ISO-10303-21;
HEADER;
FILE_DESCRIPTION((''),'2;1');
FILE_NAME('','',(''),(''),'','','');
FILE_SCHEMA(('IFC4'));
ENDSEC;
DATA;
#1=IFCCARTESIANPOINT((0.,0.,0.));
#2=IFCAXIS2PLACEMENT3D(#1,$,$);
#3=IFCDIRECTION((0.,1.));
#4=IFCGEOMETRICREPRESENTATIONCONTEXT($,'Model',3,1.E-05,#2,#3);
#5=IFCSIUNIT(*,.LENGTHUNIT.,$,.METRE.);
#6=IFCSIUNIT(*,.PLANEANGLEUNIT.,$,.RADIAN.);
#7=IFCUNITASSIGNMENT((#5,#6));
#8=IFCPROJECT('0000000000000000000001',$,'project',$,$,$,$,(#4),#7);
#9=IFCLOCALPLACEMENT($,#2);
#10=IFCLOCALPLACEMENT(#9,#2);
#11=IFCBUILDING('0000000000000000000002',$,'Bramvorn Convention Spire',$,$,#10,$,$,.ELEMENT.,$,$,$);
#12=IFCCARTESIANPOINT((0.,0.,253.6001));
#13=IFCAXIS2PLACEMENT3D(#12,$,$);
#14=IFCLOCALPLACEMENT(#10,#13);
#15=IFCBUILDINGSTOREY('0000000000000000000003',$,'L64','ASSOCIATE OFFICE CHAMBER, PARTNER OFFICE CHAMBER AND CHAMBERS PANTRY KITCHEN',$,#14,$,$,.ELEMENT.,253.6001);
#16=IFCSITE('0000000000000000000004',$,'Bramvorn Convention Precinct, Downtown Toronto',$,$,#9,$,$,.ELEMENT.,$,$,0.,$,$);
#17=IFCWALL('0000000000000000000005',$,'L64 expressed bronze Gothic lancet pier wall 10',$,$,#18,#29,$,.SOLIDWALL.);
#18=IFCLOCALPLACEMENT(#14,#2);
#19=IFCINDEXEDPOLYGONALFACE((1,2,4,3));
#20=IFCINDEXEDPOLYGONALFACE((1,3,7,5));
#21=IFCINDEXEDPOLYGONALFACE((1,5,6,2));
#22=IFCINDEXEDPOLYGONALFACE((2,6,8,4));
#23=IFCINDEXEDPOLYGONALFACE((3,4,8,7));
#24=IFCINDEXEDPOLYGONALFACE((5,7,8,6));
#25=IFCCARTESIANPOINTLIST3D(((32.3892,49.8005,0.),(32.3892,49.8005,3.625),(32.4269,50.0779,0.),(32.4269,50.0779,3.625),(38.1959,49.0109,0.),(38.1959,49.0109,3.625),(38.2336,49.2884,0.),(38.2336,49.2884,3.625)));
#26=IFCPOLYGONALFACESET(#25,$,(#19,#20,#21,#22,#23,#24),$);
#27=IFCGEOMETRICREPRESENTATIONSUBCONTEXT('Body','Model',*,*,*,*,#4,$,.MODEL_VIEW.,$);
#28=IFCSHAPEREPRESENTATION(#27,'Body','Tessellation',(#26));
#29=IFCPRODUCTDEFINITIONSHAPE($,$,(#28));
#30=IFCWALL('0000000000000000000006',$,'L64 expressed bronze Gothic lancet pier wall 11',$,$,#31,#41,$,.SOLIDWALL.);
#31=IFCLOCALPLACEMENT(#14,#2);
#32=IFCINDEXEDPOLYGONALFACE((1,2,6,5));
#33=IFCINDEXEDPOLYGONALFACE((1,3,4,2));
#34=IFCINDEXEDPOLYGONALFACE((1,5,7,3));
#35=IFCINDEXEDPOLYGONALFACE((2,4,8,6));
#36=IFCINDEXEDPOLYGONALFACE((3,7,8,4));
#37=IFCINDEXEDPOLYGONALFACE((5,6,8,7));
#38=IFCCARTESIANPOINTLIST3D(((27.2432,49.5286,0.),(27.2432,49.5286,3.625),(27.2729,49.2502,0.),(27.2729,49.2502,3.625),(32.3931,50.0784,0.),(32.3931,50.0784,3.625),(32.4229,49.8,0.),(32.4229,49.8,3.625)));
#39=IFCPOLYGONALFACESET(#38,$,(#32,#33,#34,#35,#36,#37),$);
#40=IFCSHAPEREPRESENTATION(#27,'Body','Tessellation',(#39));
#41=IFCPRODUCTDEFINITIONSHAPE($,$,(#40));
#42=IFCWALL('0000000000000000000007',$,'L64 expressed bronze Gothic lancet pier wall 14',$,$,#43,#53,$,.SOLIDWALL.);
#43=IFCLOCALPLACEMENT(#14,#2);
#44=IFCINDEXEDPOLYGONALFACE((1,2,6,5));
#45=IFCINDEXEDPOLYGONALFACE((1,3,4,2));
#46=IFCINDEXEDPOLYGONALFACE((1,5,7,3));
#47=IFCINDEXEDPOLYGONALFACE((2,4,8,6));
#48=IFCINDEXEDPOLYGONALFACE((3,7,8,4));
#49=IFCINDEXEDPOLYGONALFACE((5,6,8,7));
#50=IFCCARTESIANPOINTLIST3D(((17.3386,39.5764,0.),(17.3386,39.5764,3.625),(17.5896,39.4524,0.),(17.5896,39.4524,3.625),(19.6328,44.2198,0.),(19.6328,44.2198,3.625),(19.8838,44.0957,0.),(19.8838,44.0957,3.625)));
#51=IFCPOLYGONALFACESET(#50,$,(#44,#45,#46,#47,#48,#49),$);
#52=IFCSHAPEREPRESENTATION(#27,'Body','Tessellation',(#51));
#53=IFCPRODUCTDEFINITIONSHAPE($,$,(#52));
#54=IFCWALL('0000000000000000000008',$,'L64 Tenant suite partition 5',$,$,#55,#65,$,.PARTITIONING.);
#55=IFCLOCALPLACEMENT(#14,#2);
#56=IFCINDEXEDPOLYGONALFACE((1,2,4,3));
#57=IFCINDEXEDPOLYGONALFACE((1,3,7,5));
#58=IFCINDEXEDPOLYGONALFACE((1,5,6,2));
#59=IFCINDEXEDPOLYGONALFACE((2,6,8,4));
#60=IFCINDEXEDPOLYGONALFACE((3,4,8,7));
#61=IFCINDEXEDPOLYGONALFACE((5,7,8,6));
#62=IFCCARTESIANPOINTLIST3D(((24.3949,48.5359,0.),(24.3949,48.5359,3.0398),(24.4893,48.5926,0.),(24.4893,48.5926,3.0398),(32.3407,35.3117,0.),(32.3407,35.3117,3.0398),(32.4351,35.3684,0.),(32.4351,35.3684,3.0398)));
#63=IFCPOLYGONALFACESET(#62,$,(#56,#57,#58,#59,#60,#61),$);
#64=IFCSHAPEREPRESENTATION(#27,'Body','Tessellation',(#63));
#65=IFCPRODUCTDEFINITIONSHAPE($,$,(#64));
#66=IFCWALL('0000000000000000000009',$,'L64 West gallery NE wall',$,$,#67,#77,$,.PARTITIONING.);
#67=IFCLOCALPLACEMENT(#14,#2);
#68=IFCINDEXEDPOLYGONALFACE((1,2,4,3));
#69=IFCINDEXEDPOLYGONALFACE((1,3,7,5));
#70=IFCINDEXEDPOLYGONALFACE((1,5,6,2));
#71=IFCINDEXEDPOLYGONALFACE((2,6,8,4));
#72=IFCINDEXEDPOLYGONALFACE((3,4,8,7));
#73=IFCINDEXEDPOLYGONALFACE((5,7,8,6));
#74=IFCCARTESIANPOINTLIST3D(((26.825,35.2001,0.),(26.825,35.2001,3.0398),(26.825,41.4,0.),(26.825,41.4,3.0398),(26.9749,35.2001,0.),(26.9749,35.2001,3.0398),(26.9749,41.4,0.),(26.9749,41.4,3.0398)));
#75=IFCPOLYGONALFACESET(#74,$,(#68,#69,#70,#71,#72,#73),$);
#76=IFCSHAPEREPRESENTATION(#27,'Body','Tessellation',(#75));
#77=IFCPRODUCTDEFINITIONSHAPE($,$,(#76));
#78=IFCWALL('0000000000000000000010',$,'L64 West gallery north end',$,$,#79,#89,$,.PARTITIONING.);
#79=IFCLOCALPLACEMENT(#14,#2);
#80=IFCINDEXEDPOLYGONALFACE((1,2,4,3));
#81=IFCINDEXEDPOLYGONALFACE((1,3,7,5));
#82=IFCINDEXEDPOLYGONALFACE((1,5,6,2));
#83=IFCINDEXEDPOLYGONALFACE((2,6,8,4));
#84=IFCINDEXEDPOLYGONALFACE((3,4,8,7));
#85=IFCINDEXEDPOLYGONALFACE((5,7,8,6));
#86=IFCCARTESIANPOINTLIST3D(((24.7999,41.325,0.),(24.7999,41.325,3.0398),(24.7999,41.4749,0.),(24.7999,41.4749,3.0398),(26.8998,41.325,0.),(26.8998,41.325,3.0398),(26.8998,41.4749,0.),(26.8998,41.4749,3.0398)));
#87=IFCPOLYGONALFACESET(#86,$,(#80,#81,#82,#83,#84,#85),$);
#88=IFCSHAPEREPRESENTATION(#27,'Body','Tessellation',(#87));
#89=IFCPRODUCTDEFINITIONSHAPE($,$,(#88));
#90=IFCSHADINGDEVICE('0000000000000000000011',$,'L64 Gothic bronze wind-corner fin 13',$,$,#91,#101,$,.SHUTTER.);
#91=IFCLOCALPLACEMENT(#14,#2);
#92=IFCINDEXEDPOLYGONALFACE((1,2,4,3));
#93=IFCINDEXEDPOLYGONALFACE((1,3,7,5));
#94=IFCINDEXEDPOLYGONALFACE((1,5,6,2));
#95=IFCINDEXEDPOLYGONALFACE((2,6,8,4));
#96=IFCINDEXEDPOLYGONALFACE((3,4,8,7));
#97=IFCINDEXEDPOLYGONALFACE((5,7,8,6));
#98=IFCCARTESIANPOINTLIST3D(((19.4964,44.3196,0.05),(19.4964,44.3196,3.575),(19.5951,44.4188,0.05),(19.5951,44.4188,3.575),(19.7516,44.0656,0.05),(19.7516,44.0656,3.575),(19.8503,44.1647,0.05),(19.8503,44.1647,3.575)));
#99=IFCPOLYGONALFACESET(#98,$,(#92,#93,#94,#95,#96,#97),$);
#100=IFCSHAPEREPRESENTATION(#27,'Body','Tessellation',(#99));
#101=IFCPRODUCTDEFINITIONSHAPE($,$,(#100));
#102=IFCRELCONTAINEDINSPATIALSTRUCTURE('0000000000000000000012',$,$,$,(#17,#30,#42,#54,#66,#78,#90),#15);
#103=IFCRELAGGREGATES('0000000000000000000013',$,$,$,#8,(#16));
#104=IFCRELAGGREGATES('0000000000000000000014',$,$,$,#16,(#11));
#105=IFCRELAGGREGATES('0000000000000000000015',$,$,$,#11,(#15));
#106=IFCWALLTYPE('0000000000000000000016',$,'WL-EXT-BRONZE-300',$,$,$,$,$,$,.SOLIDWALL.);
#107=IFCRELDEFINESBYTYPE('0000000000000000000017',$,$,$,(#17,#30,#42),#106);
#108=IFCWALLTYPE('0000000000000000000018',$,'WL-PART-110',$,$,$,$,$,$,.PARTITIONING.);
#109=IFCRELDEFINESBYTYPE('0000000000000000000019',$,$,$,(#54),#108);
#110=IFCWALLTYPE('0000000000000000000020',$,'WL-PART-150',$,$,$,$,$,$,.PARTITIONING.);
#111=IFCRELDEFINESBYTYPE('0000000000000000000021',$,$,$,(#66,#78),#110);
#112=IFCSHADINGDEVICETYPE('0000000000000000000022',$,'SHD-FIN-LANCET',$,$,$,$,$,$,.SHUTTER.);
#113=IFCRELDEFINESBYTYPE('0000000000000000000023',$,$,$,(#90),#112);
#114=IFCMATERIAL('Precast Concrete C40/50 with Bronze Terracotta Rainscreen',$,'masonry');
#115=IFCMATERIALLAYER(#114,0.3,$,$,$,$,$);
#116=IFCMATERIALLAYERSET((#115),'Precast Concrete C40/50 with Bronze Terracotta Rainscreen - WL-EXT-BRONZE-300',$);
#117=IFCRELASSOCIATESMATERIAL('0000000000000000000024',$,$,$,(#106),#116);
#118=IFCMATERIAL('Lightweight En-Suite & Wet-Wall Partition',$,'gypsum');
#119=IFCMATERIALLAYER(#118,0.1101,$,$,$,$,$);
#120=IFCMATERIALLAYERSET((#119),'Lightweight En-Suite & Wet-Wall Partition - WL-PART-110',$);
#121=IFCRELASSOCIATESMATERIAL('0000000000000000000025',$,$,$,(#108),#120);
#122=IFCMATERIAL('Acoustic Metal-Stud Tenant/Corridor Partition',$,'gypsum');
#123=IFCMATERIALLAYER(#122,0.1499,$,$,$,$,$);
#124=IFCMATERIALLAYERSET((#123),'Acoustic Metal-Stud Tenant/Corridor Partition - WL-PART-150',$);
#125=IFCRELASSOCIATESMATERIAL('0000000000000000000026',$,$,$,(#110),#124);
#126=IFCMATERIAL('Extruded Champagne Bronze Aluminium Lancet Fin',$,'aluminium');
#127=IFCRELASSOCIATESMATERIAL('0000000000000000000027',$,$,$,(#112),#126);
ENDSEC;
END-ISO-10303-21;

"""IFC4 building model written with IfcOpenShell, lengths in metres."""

from ifc_helpers import new_model, si_unit, direction, frame, frame_2d, origin, origin_2d, place, context, subcontext, project, spatial, rectangle, extrude, material, layer, layer_set, type_object, element, save


model = new_model("IFC4")

# Units and contexts
model_context = context("Model", 3, precision=1e-05, world=origin(), true_north=direction((0.0, 1.0)))
body_context = subcontext(model_context, "Body", "Model", "MODEL_VIEW")
ifc_project = project(units=[si_unit("LENGTHUNIT", "METRE"), si_unit("PLANEANGLEUNIT", "RADIAN")], contexts=[model_context])

# Site, building, storey
site_placement = place(None, origin())
site = spatial("IfcSite", under=ifc_project, at=site_placement, Name="Bramvorn Convention Precinct, Downtown Toronto", CompositionType="ELEMENT", RefElevation=0.0)
building_placement = place(site_placement, origin())
building = spatial("IfcBuilding", under=site, at=building_placement, Name="Bramvorn Convention Spire", CompositionType="ELEMENT")
storey_placement = place(building_placement, frame((0.0, 0.0, 253.6001)))
storey = spatial("IfcBuildingStorey", under=building, at=storey_placement, Name="L64", Description="ASSOCIATE OFFICE CHAMBER, PARTNER OFFICE CHAMBER AND CHAMBERS PANTRY KITCHEN", CompositionType="ELEMENT", Elevation=253.6001)

# Walls
ifc_material_1 = material(Name="Precast Concrete C40/50 with Bronze Terracotta Rainscreen", Category="masonry")
ifc_layer_1 = layer(ifc_material_1, 0.3)
ifc_layer_set_1 = layer_set([ifc_layer_1], Name="Precast Concrete C40/50 with Bronze Terracotta Rainscreen - WL-EXT-BRONZE-300")
wall_type_1 = type_object("IfcWallType", Name="WL-EXT-BRONZE-300", PredefinedType="SOLIDWALL", material=ifc_layer_set_1)
wall_1_placement = place(storey_placement, frame((32.408, 49.9392, 0.0), z_axis=(0.0, 0.0, 1.0), x_axis=(0.990882, -0.134734, 0.0)))
element("IfcWall", 1, at=wall_1_placement, inside=storey, type_object=wall_type_1, Name="L64 expressed bronze Gothic lancet pier wall 10", PredefinedType="SOLIDWALL", context=body_context, shape_type="SweptSolid", body=[
    extrude(rectangle(XDim=5.8601, YDim=0.28, at=frame_2d((2.9302, 0.0))), origin(), (0.0, 0.0, 1.0), 3.625),
])
for number, where, z_axis, x_axis, name in (
    (2, (27.2581, 49.3894, 0.0), (0.0, 0.0, 1.0), (0.994349, 0.106157, 0.0), "L64 expressed bronze Gothic lancet pier wall 11"),
    (3, (17.4641, 39.5144, 0.0), (0.0, 0.0, 1.0), (0.442966, 0.896538, 0.0), "L64 expressed bronze Gothic lancet pier wall 14"),
):
    element("IfcWall", number, at=place(storey_placement, frame(where, z_axis=z_axis, x_axis=x_axis)), inside=storey, type_object=wall_type_1, Name=name, PredefinedType="SOLIDWALL", context=body_context, shape_type="SweptSolid", body=[
        extrude(rectangle(XDim=5.1792, YDim=0.28, at=frame_2d((2.5896, 0.0))), origin(), (0.0, 0.0, 1.0), 3.625),
    ])
ifc_material_2 = material(Name="Lightweight En-Suite & Wet-Wall Partition", Category="gypsum")
ifc_layer_2 = layer(ifc_material_2, 0.1101)
ifc_layer_set_2 = layer_set([ifc_layer_2], Name="Lightweight En-Suite & Wet-Wall Partition - WL-PART-110")
wall_type_2 = type_object("IfcWallType", Name="WL-PART-110", PredefinedType="PARTITIONING", material=ifc_layer_set_2)
wall_2_placement = place(storey_placement, frame((32.3879, 35.3401, 0.0), z_axis=(0.0, 0.0, 1.0), x_axis=(-0.515036, 0.857169, 0.0)))
element("IfcWall", 4, at=wall_2_placement, inside=storey, type_object=wall_type_2, Name="L64 Tenant suite partition 5", PredefinedType="PARTITIONING", context=body_context, shape_type="SweptSolid", body=[
    extrude(rectangle(XDim=15.4277, YDim=0.1101, at=frame_2d((7.7139, 0.0))), origin(), (0.0, 0.0, 1.0), 3.0398),
])
ifc_material_3 = material(Name="Acoustic Metal-Stud Tenant/Corridor Partition", Category="gypsum")
ifc_layer_3 = layer(ifc_material_3, 0.1499)
ifc_layer_set_3 = layer_set([ifc_layer_3], Name="Acoustic Metal-Stud Tenant/Corridor Partition - WL-PART-150")
wall_type_3 = type_object("IfcWallType", Name="WL-PART-150", PredefinedType="PARTITIONING", material=ifc_layer_set_3)
wall_3_placement = place(storey_placement, frame((26.8999, 35.2, 0.0), z_axis=(0.0, 0.0, 1.0), x_axis=(0.0, 1.0, 0.0)))
element("IfcWall", 5, at=wall_3_placement, inside=storey, type_object=wall_type_3, Name="L64 West gallery NE wall", PredefinedType="PARTITIONING", context=body_context, shape_type="SweptSolid", body=[
    extrude(rectangle(XDim=6.2, YDim=0.1499, at=frame_2d((3.1001, 0.0))), origin(), (0.0, 0.0, 1.0), 3.0398),
])
wall_4_placement = place(storey_placement, frame((24.8, 41.3999, 0.0), z_axis=(0.0, 0.0, 1.0), x_axis=(1.0, 0.0, 0.0)))
element("IfcWall", 6, at=wall_4_placement, inside=storey, type_object=wall_type_3, Name="L64 West gallery north end", PredefinedType="PARTITIONING", context=body_context, shape_type="SweptSolid", body=[
    extrude(rectangle(XDim=2.0999, YDim=0.1499, at=frame_2d((1.0498, 0.0))), origin(), (0.0, 0.0, 1.0), 3.0398),
])

# Shading device
ifc_material_4 = material(Name="Extruded Champagne Bronze Aluminium Lancet Fin", Category="aluminium")
shading_device_type = type_object("IfcShadingDeviceType", Name="SHD-FIN-LANCET", PredefinedType="SHUTTER", material=ifc_material_4)
shading_device_placement = place(storey_placement, frame((19.6733, 44.2422, 0.05), z_axis=(0.0, 0.0, 1.0), x_axis=(-0.708737, 0.705473, 0.0)))
element("IfcShadingDevice", 7, at=shading_device_placement, inside=storey, type_object=shading_device_type, Name="L64 Gothic bronze wind-corner fin 13", PredefinedType="SHUTTER", context=body_context, shape_type="SweptSolid", body=[
    extrude(rectangle(XDim=0.3601, YDim=0.1399, at=origin_2d()), origin(), (0.0, 0.0, 1.0), 3.5249),
])

save(model, "model.ifc")
